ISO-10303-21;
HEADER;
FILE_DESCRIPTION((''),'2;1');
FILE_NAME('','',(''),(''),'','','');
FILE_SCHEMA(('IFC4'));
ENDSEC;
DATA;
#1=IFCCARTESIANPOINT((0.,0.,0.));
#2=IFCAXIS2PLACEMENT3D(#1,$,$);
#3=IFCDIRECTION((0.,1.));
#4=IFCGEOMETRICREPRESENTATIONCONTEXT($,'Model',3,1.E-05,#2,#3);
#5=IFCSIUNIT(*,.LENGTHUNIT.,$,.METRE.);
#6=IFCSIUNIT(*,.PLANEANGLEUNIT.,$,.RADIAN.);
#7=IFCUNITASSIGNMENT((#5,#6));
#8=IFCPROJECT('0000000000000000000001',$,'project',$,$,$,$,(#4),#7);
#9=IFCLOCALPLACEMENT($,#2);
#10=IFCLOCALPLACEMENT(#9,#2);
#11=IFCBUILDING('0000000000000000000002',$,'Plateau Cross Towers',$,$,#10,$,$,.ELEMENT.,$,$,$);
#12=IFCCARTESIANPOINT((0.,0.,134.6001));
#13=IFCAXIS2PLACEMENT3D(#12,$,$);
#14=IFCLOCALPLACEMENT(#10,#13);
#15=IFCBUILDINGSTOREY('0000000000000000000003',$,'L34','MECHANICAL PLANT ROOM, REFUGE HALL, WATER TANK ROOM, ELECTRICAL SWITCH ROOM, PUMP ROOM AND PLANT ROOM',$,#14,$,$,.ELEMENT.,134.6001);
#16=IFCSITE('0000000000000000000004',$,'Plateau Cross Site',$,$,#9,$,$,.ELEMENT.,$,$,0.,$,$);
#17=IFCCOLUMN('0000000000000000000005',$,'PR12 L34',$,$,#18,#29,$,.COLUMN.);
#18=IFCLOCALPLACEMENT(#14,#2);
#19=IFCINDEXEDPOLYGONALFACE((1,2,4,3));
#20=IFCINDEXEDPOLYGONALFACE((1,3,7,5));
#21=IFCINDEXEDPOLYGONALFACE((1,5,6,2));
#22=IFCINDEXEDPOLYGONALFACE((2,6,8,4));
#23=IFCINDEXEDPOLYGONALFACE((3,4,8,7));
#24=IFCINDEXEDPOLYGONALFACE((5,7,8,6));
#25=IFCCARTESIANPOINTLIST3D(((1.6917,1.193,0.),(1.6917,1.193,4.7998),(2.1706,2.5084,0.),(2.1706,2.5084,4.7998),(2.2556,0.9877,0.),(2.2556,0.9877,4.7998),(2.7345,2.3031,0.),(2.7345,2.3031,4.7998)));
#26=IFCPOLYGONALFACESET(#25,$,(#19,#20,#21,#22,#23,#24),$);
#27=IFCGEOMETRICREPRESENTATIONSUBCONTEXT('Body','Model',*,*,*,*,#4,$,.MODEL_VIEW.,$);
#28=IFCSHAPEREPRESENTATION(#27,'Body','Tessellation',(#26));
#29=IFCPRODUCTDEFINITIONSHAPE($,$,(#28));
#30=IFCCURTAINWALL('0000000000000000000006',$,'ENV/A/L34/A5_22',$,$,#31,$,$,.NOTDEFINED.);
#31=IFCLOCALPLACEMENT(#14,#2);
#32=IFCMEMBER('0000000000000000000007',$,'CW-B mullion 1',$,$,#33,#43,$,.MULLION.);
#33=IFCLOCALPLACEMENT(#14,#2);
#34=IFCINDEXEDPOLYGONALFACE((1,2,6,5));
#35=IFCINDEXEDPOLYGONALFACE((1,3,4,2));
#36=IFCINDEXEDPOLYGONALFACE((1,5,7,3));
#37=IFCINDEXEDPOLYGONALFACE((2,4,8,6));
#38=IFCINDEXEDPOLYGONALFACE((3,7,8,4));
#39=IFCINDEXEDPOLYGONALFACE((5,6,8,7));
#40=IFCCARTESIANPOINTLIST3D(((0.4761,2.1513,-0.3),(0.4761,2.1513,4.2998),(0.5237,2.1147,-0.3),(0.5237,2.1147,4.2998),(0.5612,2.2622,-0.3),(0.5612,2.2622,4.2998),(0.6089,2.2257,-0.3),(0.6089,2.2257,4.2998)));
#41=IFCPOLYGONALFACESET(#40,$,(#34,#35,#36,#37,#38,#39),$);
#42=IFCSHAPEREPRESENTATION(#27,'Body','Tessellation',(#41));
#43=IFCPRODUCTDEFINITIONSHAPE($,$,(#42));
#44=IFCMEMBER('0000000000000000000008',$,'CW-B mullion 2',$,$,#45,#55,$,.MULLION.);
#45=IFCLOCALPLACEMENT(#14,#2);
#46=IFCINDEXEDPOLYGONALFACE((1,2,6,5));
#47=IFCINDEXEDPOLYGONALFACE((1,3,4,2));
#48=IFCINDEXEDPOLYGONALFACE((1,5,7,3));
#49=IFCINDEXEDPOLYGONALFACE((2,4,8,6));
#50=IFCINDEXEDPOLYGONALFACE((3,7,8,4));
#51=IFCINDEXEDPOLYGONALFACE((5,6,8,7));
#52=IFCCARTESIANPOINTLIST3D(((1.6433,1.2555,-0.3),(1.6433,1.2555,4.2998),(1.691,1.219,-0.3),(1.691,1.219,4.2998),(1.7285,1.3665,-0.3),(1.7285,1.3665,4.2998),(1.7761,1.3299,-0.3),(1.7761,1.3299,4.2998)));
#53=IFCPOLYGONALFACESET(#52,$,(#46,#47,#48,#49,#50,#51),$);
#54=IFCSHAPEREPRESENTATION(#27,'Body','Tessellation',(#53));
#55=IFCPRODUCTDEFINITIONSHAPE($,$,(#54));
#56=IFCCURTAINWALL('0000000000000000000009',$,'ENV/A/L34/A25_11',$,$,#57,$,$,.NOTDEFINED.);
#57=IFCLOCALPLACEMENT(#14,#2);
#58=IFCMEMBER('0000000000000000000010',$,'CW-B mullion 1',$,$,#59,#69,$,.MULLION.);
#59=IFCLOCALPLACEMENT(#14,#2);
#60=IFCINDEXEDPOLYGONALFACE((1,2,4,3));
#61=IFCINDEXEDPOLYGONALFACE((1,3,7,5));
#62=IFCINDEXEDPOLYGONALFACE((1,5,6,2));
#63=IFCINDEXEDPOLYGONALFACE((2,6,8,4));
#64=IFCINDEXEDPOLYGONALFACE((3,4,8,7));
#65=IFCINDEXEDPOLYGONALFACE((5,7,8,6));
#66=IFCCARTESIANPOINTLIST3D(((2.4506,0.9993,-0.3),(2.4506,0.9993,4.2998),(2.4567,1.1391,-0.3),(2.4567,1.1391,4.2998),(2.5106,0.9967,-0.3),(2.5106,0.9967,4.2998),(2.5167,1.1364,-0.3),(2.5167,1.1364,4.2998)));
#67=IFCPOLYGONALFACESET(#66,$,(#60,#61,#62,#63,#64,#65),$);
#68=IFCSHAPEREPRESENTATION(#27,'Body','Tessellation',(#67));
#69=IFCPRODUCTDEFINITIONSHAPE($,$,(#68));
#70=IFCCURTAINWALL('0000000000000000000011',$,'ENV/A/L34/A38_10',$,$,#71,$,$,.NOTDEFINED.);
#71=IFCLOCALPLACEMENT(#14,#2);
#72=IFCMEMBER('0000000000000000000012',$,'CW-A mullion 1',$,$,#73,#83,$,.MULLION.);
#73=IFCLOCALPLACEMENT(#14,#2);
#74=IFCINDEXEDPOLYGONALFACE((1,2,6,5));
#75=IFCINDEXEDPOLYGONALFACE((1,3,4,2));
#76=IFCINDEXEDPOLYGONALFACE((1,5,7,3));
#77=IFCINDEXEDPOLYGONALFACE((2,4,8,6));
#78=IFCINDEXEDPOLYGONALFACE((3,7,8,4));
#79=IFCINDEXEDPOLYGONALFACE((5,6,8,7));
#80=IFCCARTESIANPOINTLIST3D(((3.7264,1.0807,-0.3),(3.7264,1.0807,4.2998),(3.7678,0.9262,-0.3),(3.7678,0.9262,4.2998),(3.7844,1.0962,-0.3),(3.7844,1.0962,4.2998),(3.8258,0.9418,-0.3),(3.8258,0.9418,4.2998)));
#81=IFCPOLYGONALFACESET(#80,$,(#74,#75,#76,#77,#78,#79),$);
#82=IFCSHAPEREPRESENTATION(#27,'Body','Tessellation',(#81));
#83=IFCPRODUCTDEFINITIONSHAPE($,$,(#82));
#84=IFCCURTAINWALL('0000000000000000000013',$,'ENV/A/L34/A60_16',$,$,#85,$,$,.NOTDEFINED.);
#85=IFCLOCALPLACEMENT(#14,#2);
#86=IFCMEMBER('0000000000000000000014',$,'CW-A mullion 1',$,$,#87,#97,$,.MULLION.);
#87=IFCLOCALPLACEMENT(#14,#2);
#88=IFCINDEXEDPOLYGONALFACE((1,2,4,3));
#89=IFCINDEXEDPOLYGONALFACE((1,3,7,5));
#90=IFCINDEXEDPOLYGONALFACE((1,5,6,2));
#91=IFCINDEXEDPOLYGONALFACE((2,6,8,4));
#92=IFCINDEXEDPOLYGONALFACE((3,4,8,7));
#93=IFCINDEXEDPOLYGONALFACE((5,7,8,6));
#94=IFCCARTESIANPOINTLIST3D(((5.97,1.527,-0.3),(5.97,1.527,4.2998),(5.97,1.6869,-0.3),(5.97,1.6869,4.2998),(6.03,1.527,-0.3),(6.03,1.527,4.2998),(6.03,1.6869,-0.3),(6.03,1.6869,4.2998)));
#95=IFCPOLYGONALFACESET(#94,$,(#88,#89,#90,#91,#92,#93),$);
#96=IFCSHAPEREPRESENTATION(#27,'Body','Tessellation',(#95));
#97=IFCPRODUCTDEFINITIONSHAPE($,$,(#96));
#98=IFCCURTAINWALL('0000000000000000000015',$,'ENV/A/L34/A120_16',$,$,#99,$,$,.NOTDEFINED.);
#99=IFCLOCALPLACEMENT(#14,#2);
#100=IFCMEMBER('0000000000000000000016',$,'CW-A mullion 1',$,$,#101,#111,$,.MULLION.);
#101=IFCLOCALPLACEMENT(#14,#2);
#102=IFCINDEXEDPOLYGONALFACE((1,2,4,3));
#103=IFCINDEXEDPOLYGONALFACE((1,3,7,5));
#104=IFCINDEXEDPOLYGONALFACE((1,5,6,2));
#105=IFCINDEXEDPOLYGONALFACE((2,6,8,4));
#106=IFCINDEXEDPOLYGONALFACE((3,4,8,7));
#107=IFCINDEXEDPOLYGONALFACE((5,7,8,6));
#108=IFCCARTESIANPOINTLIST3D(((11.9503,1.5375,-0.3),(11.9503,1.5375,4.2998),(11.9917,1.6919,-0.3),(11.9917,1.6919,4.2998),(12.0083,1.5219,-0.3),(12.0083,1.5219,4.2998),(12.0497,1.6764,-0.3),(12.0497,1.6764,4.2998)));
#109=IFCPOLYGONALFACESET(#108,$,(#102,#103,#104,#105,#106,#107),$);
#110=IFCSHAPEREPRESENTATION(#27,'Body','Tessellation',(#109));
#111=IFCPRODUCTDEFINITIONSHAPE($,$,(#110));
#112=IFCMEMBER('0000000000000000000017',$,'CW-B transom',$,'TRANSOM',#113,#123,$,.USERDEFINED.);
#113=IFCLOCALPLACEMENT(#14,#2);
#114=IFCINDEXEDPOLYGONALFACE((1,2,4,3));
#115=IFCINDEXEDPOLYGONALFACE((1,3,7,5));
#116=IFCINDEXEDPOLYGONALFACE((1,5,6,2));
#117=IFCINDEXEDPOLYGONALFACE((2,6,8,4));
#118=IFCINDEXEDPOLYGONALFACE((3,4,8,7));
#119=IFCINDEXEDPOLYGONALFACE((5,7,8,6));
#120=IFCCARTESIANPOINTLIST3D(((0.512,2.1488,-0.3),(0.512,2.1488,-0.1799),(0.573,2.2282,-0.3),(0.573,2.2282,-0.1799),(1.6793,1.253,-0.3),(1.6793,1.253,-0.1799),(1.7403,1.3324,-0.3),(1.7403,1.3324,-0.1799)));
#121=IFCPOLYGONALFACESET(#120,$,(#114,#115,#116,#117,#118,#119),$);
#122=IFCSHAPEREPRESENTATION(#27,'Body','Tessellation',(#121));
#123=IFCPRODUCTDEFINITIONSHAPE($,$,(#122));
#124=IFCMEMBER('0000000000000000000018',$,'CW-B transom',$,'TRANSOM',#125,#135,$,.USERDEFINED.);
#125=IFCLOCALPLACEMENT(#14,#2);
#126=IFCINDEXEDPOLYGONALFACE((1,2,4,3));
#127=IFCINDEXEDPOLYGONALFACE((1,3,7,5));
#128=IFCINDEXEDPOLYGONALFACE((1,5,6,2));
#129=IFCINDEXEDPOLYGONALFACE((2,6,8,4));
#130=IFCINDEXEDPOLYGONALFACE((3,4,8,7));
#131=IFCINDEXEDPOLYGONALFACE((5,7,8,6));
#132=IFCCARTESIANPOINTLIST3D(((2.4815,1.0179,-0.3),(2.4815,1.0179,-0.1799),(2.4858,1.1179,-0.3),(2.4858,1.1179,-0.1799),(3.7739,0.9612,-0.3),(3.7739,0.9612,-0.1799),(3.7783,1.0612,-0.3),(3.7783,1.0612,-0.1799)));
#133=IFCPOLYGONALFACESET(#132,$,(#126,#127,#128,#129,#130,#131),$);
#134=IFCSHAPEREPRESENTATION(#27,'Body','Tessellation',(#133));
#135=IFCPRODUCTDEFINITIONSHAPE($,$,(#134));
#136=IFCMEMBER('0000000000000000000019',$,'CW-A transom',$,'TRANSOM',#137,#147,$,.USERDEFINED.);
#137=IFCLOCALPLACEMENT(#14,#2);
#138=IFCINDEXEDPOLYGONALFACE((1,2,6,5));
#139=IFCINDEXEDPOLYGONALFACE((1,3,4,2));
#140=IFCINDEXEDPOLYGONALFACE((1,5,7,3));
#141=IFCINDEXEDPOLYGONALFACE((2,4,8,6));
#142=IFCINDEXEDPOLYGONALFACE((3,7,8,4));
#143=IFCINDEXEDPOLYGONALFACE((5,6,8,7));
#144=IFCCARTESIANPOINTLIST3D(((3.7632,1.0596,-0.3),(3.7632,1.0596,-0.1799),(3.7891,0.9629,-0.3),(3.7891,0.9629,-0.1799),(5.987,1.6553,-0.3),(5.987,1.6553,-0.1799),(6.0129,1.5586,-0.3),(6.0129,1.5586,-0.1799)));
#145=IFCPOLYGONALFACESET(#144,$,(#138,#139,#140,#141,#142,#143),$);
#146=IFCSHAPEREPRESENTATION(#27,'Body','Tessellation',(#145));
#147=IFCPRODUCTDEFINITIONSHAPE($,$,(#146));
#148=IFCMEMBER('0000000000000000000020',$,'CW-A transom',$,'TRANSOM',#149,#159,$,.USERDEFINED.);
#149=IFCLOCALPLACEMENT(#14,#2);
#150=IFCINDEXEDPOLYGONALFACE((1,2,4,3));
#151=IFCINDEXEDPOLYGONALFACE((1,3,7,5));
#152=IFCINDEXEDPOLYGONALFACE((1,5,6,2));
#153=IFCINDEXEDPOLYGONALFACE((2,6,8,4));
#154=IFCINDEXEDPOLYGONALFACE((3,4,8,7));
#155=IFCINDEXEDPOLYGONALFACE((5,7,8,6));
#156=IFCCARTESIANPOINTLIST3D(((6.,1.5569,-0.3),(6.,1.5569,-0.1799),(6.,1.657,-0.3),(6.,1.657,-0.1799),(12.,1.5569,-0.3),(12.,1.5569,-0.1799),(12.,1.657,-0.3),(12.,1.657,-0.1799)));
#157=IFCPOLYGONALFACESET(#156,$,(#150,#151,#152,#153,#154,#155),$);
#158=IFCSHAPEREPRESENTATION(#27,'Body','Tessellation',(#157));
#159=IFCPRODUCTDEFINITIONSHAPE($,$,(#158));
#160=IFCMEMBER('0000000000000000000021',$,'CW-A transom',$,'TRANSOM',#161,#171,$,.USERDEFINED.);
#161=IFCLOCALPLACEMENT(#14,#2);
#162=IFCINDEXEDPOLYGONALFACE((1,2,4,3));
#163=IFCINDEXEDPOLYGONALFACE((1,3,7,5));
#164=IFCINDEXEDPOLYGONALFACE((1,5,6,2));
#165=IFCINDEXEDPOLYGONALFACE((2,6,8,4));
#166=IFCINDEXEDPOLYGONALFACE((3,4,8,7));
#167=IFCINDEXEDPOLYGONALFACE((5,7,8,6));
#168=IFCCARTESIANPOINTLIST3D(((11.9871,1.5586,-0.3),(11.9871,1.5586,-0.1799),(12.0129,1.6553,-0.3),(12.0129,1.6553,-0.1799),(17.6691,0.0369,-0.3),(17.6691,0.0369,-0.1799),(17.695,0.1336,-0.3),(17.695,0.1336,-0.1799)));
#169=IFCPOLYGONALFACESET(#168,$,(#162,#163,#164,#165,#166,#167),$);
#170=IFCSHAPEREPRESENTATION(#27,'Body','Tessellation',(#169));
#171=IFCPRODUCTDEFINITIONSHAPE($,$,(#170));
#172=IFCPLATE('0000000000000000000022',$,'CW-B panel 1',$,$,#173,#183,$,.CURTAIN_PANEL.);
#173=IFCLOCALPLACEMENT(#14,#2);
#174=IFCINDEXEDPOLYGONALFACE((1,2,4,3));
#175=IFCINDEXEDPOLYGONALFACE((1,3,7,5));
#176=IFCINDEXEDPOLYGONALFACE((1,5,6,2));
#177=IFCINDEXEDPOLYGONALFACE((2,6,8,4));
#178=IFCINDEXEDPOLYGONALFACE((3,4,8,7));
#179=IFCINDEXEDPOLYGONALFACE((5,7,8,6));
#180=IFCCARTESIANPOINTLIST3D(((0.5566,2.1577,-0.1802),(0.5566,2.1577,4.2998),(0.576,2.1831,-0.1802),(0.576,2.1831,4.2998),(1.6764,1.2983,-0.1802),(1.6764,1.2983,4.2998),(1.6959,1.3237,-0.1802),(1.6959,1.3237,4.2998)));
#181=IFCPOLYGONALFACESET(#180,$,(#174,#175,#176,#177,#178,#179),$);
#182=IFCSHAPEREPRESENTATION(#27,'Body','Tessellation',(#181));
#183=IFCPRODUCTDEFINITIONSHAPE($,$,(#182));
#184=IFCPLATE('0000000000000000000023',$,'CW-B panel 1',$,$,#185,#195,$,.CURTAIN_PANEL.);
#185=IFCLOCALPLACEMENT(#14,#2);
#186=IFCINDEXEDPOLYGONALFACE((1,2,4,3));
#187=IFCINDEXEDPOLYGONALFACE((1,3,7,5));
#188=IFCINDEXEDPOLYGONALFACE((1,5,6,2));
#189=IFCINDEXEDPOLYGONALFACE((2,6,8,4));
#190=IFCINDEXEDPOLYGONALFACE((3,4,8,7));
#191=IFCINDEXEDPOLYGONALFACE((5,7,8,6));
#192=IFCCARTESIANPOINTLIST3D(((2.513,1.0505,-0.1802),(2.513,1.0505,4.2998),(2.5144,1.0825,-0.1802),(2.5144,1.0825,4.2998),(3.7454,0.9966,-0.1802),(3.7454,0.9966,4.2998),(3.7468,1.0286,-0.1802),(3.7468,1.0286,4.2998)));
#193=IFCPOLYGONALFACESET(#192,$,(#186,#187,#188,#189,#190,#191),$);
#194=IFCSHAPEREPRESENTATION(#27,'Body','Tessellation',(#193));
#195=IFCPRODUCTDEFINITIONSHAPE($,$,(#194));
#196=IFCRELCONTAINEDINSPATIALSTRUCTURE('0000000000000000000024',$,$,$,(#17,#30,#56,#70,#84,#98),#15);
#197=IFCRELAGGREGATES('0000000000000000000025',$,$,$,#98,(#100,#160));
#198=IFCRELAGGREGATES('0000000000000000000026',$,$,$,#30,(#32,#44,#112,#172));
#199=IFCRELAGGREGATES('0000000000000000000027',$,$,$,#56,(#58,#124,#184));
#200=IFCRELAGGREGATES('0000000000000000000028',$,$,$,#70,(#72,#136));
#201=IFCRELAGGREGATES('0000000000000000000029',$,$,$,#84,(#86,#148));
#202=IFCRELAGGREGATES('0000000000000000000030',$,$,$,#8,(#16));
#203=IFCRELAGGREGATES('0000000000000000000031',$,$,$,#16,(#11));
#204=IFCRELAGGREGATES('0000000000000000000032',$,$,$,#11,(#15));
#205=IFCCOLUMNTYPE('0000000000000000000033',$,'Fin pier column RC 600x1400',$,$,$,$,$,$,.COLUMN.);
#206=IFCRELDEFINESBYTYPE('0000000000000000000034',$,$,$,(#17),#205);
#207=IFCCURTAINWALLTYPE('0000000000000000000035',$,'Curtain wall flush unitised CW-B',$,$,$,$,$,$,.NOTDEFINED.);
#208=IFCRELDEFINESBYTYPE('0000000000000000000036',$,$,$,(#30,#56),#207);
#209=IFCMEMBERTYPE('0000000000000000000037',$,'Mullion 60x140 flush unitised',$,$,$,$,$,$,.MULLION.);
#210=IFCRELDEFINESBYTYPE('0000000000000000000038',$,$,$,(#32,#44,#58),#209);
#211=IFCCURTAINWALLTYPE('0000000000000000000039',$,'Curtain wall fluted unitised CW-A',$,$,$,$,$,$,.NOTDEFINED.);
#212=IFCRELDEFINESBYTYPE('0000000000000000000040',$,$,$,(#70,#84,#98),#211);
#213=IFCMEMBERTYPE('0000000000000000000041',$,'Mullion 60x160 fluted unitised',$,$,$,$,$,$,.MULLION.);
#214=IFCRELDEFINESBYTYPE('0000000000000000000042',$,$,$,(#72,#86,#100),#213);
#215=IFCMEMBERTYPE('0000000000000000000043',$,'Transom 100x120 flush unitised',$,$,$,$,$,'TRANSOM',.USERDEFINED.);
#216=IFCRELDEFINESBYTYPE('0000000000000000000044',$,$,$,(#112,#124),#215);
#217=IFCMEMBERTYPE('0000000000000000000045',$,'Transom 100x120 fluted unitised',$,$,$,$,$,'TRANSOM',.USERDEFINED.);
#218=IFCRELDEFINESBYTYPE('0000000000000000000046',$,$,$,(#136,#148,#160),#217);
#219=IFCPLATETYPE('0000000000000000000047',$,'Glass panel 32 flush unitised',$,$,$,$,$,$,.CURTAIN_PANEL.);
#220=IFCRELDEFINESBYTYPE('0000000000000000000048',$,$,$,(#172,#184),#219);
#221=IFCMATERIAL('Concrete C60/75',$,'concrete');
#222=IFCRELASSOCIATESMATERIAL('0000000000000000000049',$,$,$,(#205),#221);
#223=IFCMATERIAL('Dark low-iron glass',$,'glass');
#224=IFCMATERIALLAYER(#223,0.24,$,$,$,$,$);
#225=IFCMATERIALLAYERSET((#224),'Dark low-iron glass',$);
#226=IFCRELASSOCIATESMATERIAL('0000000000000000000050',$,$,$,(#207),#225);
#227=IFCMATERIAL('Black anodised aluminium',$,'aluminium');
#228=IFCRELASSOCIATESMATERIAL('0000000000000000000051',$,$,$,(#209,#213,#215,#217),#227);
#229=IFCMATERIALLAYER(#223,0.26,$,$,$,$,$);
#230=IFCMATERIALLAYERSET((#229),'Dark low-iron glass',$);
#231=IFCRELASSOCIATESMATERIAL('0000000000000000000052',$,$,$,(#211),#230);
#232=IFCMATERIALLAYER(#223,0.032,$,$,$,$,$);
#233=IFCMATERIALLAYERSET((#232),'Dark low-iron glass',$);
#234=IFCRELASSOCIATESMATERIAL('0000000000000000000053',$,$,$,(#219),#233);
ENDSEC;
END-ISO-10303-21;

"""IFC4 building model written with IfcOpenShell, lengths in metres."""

from ifc_helpers import new_model, si_unit, direction, frame, origin, origin_2d, place, context, subcontext, project, spatial, rectangle, extrude, material, layer, layer_set, material_profile, profile_set, type_object, element, aggregate, save


model = new_model("IFC4")

# Units and contexts
model_context = context("Model", 3, precision=1e-05, world=origin(), true_north=direction((0.0, 1.0)))
body_context = subcontext(model_context, "Body", "Model", "MODEL_VIEW")
ifc_project = project(units=[si_unit("LENGTHUNIT", "METRE"), si_unit("PLANEANGLEUNIT", "RADIAN")], contexts=[model_context])

# Site, building, storey
site_placement = place(None, origin())
site = spatial("IfcSite", under=ifc_project, at=site_placement, Name="Plateau Cross Site", CompositionType="ELEMENT", RefElevation=0.0)
building_placement = place(site_placement, origin())
building = spatial("IfcBuilding", under=site, at=building_placement, Name="Plateau Cross Towers", CompositionType="ELEMENT")
storey_placement = place(building_placement, frame((0.0, 0.0, 134.6001)))
storey = spatial("IfcBuildingStorey", under=building, at=storey_placement, Name="L34", Description="MECHANICAL PLANT ROOM, REFUGE HALL, WATER TANK ROOM, ELECTRICAL SWITCH ROOM, PUMP ROOM AND PLANT ROOM", CompositionType="ELEMENT", Elevation=134.6001)

# Column
ifc_material_1 = material(Name="Concrete C60/75", Category="concrete")
ifc_material_profile_1 = material_profile(ifc_material_1, rectangle(XDim=0.6001, YDim=1.3999, at=origin_2d()), Name="RC 600x1400")
ifc_profile_set_1 = profile_set([ifc_material_profile_1], Name="Concrete C60/75")
column_type = type_object("IfcColumnType", Name="Fin pier column RC 600x1400", PredefinedType="COLUMN", material=ifc_profile_set_1)
column_placement = place(storey_placement, frame((2.2131, 1.748, 0.0), z_axis=(0.0, 0.0, 1.0), x_axis=(-0.939664, 0.342098, 0.0)))
element("IfcColumn", 1, at=column_placement, inside=storey, type_object=column_type, Name="PR12 L34", PredefinedType="COLUMN", context=body_context, shape_type="SweptSolid", body=[
    extrude(rectangle(XDim=0.6001, YDim=1.3999, at=origin_2d()), origin(), (0.0, 0.0, 1.0), 4.7998),
])

# Curtain wall, members
ifc_material_2 = material(Name="Dark low-iron glass", Category="glass")
ifc_layer_1 = layer(ifc_material_2, 0.24)
ifc_layer_set_1 = layer_set([ifc_layer_1], Name="Dark low-iron glass")
curtain_wall_type_1 = type_object("IfcCurtainWallType", Name="Curtain wall flush unitised CW-B", PredefinedType="NOTDEFINED", material=ifc_layer_set_1)
curtain_wall_1_placement = place(storey_placement, origin())
curtain_wall_1 = element("IfcCurtainWall", 2, at=curtain_wall_1_placement, inside=storey, type_object=curtain_wall_type_1, Name="ENV/A/L34/A5_22", PredefinedType="NOTDEFINED")
ifc_material_3 = material(Name="Black anodised aluminium", Category="aluminium")
ifc_material_profile_2 = material_profile(ifc_material_3, rectangle(XDim=0.0601, YDim=0.1399, at=origin_2d()), Name="MULLION 60x140")
ifc_profile_set_2 = profile_set([ifc_material_profile_2], Name="Black anodised aluminium")
member_type_1 = type_object("IfcMemberType", Name="Mullion 60x140 flush unitised", PredefinedType="MULLION", material=ifc_profile_set_2)
member_1_placement = place(storey_placement, frame((0.5425, 2.1885, -0.3), z_axis=(0.0, 0.0, 1.0), x_axis=(0.793316, -0.608811, 0.0)))
member_1 = element("IfcMember", 3, at=member_1_placement, type_object=member_type_1, Name="CW-B mullion 1", PredefinedType="MULLION", context=body_context, shape_type="SweptSolid", body=[
    extrude(rectangle(XDim=0.0601, YDim=0.1399, at=origin_2d()), origin(), (0.0, 0.0, 1.0), 4.5999),
])
member_2_placement = place(storey_placement, frame((1.7097, 1.2927, -0.3), z_axis=(0.0, 0.0, 1.0), x_axis=(0.793316, -0.608811, 0.0)))
member_2 = element("IfcMember", 4, at=member_2_placement, type_object=member_type_1, Name="CW-B mullion 2", PredefinedType="MULLION", context=body_context, shape_type="SweptSolid", body=[
    extrude(rectangle(XDim=0.0601, YDim=0.1399, at=origin_2d()), origin(), (0.0, 0.0, 1.0), 4.5999),
])

# Curtain walls, members
curtain_wall_2_placement = place(storey_placement, origin())
curtain_wall_2 = element("IfcCurtainWall", 5, at=curtain_wall_2_placement, inside=storey, type_object=curtain_wall_type_1, Name="ENV/A/L34/A25_11", PredefinedType="NOTDEFINED")
member_3_placement = place(storey_placement, frame((2.4836, 1.0679, -0.3), z_axis=(0.0, 0.0, 1.0), x_axis=(0.999044, -0.043723, 0.0)))
member_3 = element("IfcMember", 6, at=member_3_placement, type_object=member_type_1, Name="CW-B mullion 1", PredefinedType="MULLION", context=body_context, shape_type="SweptSolid", body=[
    extrude(rectangle(XDim=0.0601, YDim=0.1399, at=origin_2d()), origin(), (0.0, 0.0, 1.0), 4.5999),
])
ifc_layer_2 = layer(ifc_material_2, 0.26)
ifc_layer_set_2 = layer_set([ifc_layer_2], Name="Dark low-iron glass")
curtain_wall_type_2 = type_object("IfcCurtainWallType", Name="Curtain wall fluted unitised CW-A", PredefinedType="NOTDEFINED", material=ifc_layer_set_2)
curtain_wall_3_placement = place(storey_placement, origin())
curtain_wall_3 = element("IfcCurtainWall", 7, at=curtain_wall_3_placement, inside=storey, type_object=curtain_wall_type_2, Name="ENV/A/L34/A38_10", PredefinedType="NOTDEFINED")
ifc_material_profile_3 = material_profile(ifc_material_3, rectangle(XDim=0.0601, YDim=0.1599, at=origin_2d()), Name="MULLION 60x160")
ifc_profile_set_3 = profile_set([ifc_material_profile_3], Name="Black anodised aluminium")
member_type_2 = type_object("IfcMemberType", Name="Mullion 60x160 fluted unitised", PredefinedType="MULLION", material=ifc_profile_set_3)
member_4_placement = place(storey_placement, frame((3.7761, 1.0112, -0.3), z_axis=(0.0, 0.0, 1.0), x_axis=(0.965958, 0.258699, 0.0)))
member_4 = element("IfcMember", 8, at=member_4_placement, type_object=member_type_2, Name="CW-A mullion 1", PredefinedType="MULLION", context=body_context, shape_type="SweptSolid", body=[
    extrude(rectangle(XDim=0.0601, YDim=0.1599, at=origin_2d()), origin(), (0.0, 0.0, 1.0), 4.5999),
])
curtain_wall_4_placement = place(storey_placement, origin())
curtain_wall_4 = element("IfcCurtainWall", 9, at=curtain_wall_4_placement, inside=storey, type_object=curtain_wall_type_2, Name="ENV/A/L34/A60_16", PredefinedType="NOTDEFINED")
member_5_placement = place(storey_placement, frame((6.0, 1.6069, -0.3), z_axis=(0.0, 0.0, 1.0), x_axis=(1.0, 0.0, 0.0)))
member_5 = element("IfcMember", 10, at=member_5_placement, type_object=member_type_2, Name="CW-A mullion 1", PredefinedType="MULLION", context=body_context, shape_type="SweptSolid", body=[
    extrude(rectangle(XDim=0.0601, YDim=0.1599, at=origin_2d()), origin(), (0.0, 0.0, 1.0), 4.5999),
])
curtain_wall_5_placement = place(storey_placement, origin())
curtain_wall_5 = element("IfcCurtainWall", 11, at=curtain_wall_5_placement, inside=storey, type_object=curtain_wall_type_2, Name="ENV/A/L34/A120_16", PredefinedType="NOTDEFINED")
member_6_placement = place(storey_placement, frame((12.0, 1.6069, -0.3), z_axis=(0.0, 0.0, 1.0), x_axis=(0.965958, -0.258699, 0.0)))
member_6 = element("IfcMember", 12, at=member_6_placement, type_object=member_type_2, Name="CW-A mullion 1", PredefinedType="MULLION", context=body_context, shape_type="SweptSolid", body=[
    extrude(rectangle(XDim=0.0601, YDim=0.1599, at=origin_2d()), origin(), (0.0, 0.0, 1.0), 4.5999),
])

# Members
ifc_material_profile_4 = material_profile(ifc_material_3, rectangle(XDim=0.1001, YDim=0.1201, at=origin_2d()), Name="TRANSOM 100x120")
ifc_profile_set_4 = profile_set([ifc_material_profile_4], Name="Black anodised aluminium")
member_type_3 = type_object("IfcMemberType", Name="Transom 100x120 flush unitised", ElementType="TRANSOM", PredefinedType="USERDEFINED", material=ifc_profile_set_4)
member_7_placement = place(storey_placement, frame((0.5425, 2.1885, -0.24), z_axis=(0.793321, -0.608804, 0.0), x_axis=(0.608804, 0.793321, 0.0)))
member_7 = element("IfcMember", 13, at=member_7_placement, type_object=member_type_3, Name="CW-B transom", ObjectType="TRANSOM", PredefinedType="USERDEFINED", context=body_context, shape_type="SweptSolid", body=[
    extrude(rectangle(XDim=0.1001, YDim=0.1201, at=origin_2d()), origin(), (0.0, 0.0, 1.0), 1.4714),
])
member_8_placement = place(storey_placement, frame((2.4836, 1.0679, -0.24), z_axis=(0.999041, -0.043781, 0.0), x_axis=(0.043781, 0.999041, 0.0)))
member_8 = element("IfcMember", 14, at=member_8_placement, type_object=member_type_3, Name="CW-B transom", ObjectType="TRANSOM", PredefinedType="USERDEFINED", context=body_context, shape_type="SweptSolid", body=[
    extrude(rectangle(XDim=0.1001, YDim=0.1201, at=origin_2d()), origin(), (0.0, 0.0, 1.0), 1.2937),
])
ifc_material_profile_5 = material_profile(ifc_material_3, rectangle(XDim=0.1001, YDim=0.1201, at=origin_2d()), Name="TRANSOM 100x120")
ifc_profile_set_5 = profile_set([ifc_material_profile_5], Name="Black anodised aluminium")
member_type_4 = type_object("IfcMemberType", Name="Transom 100x120 fluted unitised", ElementType="TRANSOM", PredefinedType="USERDEFINED", material=ifc_profile_set_5)
member_9_placement = place(storey_placement, frame((3.7761, 1.0112, -0.24), z_axis=(0.965946, 0.258745, 0.0), x_axis=(-0.258745, 0.965946, 0.0)))
member_9 = element("IfcMember", 15, at=member_9_placement, type_object=member_type_4, Name="CW-A transom", ObjectType="TRANSOM", PredefinedType="USERDEFINED", context=body_context, shape_type="SweptSolid", body=[
    extrude(rectangle(XDim=0.1001, YDim=0.1201, at=origin_2d()), origin(), (0.0, 0.0, 1.0), 2.3022),
])
member_10_placement = place(storey_placement, frame((6.0, 1.6069, -0.24), z_axis=(1.0, 0.0, 0.0), x_axis=(0.0, 1.0, 0.0)))
member_10 = element("IfcMember", 16, at=member_10_placement, type_object=member_type_4, Name="CW-A transom", ObjectType="TRANSOM", PredefinedType="USERDEFINED", context=body_context, shape_type="SweptSolid", body=[
    extrude(rectangle(XDim=0.1001, YDim=0.1201, at=origin_2d()), origin(), (0.0, 0.0, 1.0), 6.0),
])
member_11_placement = place(storey_placement, frame((12.0, 1.6069, -0.24), z_axis=(0.96596, -0.258693, 0.0), x_axis=(0.258693, 0.96596, 0.0)))
member_11 = element("IfcMember", 17, at=member_11_placement, type_object=member_type_4, Name="CW-A transom", ObjectType="TRANSOM", PredefinedType="USERDEFINED", context=body_context, shape_type="SweptSolid", body=[
    extrude(rectangle(XDim=0.1001, YDim=0.1201, at=origin_2d()), origin(), (0.0, 0.0, 1.0), 5.8823),
])
aggregate(curtain_wall_5, [member_6, member_11])

# Plates
ifc_layer_3 = layer(ifc_material_2, 0.032)
ifc_layer_set_3 = layer_set([ifc_layer_3], Name="Dark low-iron glass")
plate_type_1 = type_object("IfcPlateType", Name="Glass panel 32 flush unitised", PredefinedType="CURTAIN_PANEL", material=ifc_layer_set_3)
plate_1_placement = place(storey_placement, frame((1.1262, 1.7407, -0.1802), z_axis=(0.0, 0.0, 1.0), x_axis=(0.793316, -0.608811, 0.0)))
plate_1 = element("IfcPlate", 18, at=plate_1_placement, type_object=plate_type_1, Name="CW-B panel 1", PredefinedType="CURTAIN_PANEL", context=body_context, shape_type="SweptSolid", body=[
    extrude(rectangle(XDim=1.4116, YDim=0.032, at=origin_2d()), origin(), (0.0, 0.0, 1.0), 4.48),
])
aggregate(curtain_wall_1, [member_1, member_2, member_7, plate_1])
plate_2_placement = place(storey_placement, frame((3.1299, 1.0396, -0.1802), z_axis=(0.0, 0.0, 1.0), x_axis=(0.999044, -0.043723, 0.0)))
plate_2 = element("IfcPlate", 19, at=plate_2_placement, type_object=plate_type_1, Name="CW-B panel 1", PredefinedType="CURTAIN_PANEL", context=body_context, shape_type="SweptSolid", body=[
    extrude(rectangle(XDim=1.2336, YDim=0.032, at=origin_2d()), origin(), (0.0, 0.0, 1.0), 4.48),
])
aggregate(curtain_wall_2, [member_3, member_8, plate_2])
aggregate(curtain_wall_3, [member_4, member_9])
aggregate(curtain_wall_4, [member_5, member_10])

save(model, "model.ifc")
